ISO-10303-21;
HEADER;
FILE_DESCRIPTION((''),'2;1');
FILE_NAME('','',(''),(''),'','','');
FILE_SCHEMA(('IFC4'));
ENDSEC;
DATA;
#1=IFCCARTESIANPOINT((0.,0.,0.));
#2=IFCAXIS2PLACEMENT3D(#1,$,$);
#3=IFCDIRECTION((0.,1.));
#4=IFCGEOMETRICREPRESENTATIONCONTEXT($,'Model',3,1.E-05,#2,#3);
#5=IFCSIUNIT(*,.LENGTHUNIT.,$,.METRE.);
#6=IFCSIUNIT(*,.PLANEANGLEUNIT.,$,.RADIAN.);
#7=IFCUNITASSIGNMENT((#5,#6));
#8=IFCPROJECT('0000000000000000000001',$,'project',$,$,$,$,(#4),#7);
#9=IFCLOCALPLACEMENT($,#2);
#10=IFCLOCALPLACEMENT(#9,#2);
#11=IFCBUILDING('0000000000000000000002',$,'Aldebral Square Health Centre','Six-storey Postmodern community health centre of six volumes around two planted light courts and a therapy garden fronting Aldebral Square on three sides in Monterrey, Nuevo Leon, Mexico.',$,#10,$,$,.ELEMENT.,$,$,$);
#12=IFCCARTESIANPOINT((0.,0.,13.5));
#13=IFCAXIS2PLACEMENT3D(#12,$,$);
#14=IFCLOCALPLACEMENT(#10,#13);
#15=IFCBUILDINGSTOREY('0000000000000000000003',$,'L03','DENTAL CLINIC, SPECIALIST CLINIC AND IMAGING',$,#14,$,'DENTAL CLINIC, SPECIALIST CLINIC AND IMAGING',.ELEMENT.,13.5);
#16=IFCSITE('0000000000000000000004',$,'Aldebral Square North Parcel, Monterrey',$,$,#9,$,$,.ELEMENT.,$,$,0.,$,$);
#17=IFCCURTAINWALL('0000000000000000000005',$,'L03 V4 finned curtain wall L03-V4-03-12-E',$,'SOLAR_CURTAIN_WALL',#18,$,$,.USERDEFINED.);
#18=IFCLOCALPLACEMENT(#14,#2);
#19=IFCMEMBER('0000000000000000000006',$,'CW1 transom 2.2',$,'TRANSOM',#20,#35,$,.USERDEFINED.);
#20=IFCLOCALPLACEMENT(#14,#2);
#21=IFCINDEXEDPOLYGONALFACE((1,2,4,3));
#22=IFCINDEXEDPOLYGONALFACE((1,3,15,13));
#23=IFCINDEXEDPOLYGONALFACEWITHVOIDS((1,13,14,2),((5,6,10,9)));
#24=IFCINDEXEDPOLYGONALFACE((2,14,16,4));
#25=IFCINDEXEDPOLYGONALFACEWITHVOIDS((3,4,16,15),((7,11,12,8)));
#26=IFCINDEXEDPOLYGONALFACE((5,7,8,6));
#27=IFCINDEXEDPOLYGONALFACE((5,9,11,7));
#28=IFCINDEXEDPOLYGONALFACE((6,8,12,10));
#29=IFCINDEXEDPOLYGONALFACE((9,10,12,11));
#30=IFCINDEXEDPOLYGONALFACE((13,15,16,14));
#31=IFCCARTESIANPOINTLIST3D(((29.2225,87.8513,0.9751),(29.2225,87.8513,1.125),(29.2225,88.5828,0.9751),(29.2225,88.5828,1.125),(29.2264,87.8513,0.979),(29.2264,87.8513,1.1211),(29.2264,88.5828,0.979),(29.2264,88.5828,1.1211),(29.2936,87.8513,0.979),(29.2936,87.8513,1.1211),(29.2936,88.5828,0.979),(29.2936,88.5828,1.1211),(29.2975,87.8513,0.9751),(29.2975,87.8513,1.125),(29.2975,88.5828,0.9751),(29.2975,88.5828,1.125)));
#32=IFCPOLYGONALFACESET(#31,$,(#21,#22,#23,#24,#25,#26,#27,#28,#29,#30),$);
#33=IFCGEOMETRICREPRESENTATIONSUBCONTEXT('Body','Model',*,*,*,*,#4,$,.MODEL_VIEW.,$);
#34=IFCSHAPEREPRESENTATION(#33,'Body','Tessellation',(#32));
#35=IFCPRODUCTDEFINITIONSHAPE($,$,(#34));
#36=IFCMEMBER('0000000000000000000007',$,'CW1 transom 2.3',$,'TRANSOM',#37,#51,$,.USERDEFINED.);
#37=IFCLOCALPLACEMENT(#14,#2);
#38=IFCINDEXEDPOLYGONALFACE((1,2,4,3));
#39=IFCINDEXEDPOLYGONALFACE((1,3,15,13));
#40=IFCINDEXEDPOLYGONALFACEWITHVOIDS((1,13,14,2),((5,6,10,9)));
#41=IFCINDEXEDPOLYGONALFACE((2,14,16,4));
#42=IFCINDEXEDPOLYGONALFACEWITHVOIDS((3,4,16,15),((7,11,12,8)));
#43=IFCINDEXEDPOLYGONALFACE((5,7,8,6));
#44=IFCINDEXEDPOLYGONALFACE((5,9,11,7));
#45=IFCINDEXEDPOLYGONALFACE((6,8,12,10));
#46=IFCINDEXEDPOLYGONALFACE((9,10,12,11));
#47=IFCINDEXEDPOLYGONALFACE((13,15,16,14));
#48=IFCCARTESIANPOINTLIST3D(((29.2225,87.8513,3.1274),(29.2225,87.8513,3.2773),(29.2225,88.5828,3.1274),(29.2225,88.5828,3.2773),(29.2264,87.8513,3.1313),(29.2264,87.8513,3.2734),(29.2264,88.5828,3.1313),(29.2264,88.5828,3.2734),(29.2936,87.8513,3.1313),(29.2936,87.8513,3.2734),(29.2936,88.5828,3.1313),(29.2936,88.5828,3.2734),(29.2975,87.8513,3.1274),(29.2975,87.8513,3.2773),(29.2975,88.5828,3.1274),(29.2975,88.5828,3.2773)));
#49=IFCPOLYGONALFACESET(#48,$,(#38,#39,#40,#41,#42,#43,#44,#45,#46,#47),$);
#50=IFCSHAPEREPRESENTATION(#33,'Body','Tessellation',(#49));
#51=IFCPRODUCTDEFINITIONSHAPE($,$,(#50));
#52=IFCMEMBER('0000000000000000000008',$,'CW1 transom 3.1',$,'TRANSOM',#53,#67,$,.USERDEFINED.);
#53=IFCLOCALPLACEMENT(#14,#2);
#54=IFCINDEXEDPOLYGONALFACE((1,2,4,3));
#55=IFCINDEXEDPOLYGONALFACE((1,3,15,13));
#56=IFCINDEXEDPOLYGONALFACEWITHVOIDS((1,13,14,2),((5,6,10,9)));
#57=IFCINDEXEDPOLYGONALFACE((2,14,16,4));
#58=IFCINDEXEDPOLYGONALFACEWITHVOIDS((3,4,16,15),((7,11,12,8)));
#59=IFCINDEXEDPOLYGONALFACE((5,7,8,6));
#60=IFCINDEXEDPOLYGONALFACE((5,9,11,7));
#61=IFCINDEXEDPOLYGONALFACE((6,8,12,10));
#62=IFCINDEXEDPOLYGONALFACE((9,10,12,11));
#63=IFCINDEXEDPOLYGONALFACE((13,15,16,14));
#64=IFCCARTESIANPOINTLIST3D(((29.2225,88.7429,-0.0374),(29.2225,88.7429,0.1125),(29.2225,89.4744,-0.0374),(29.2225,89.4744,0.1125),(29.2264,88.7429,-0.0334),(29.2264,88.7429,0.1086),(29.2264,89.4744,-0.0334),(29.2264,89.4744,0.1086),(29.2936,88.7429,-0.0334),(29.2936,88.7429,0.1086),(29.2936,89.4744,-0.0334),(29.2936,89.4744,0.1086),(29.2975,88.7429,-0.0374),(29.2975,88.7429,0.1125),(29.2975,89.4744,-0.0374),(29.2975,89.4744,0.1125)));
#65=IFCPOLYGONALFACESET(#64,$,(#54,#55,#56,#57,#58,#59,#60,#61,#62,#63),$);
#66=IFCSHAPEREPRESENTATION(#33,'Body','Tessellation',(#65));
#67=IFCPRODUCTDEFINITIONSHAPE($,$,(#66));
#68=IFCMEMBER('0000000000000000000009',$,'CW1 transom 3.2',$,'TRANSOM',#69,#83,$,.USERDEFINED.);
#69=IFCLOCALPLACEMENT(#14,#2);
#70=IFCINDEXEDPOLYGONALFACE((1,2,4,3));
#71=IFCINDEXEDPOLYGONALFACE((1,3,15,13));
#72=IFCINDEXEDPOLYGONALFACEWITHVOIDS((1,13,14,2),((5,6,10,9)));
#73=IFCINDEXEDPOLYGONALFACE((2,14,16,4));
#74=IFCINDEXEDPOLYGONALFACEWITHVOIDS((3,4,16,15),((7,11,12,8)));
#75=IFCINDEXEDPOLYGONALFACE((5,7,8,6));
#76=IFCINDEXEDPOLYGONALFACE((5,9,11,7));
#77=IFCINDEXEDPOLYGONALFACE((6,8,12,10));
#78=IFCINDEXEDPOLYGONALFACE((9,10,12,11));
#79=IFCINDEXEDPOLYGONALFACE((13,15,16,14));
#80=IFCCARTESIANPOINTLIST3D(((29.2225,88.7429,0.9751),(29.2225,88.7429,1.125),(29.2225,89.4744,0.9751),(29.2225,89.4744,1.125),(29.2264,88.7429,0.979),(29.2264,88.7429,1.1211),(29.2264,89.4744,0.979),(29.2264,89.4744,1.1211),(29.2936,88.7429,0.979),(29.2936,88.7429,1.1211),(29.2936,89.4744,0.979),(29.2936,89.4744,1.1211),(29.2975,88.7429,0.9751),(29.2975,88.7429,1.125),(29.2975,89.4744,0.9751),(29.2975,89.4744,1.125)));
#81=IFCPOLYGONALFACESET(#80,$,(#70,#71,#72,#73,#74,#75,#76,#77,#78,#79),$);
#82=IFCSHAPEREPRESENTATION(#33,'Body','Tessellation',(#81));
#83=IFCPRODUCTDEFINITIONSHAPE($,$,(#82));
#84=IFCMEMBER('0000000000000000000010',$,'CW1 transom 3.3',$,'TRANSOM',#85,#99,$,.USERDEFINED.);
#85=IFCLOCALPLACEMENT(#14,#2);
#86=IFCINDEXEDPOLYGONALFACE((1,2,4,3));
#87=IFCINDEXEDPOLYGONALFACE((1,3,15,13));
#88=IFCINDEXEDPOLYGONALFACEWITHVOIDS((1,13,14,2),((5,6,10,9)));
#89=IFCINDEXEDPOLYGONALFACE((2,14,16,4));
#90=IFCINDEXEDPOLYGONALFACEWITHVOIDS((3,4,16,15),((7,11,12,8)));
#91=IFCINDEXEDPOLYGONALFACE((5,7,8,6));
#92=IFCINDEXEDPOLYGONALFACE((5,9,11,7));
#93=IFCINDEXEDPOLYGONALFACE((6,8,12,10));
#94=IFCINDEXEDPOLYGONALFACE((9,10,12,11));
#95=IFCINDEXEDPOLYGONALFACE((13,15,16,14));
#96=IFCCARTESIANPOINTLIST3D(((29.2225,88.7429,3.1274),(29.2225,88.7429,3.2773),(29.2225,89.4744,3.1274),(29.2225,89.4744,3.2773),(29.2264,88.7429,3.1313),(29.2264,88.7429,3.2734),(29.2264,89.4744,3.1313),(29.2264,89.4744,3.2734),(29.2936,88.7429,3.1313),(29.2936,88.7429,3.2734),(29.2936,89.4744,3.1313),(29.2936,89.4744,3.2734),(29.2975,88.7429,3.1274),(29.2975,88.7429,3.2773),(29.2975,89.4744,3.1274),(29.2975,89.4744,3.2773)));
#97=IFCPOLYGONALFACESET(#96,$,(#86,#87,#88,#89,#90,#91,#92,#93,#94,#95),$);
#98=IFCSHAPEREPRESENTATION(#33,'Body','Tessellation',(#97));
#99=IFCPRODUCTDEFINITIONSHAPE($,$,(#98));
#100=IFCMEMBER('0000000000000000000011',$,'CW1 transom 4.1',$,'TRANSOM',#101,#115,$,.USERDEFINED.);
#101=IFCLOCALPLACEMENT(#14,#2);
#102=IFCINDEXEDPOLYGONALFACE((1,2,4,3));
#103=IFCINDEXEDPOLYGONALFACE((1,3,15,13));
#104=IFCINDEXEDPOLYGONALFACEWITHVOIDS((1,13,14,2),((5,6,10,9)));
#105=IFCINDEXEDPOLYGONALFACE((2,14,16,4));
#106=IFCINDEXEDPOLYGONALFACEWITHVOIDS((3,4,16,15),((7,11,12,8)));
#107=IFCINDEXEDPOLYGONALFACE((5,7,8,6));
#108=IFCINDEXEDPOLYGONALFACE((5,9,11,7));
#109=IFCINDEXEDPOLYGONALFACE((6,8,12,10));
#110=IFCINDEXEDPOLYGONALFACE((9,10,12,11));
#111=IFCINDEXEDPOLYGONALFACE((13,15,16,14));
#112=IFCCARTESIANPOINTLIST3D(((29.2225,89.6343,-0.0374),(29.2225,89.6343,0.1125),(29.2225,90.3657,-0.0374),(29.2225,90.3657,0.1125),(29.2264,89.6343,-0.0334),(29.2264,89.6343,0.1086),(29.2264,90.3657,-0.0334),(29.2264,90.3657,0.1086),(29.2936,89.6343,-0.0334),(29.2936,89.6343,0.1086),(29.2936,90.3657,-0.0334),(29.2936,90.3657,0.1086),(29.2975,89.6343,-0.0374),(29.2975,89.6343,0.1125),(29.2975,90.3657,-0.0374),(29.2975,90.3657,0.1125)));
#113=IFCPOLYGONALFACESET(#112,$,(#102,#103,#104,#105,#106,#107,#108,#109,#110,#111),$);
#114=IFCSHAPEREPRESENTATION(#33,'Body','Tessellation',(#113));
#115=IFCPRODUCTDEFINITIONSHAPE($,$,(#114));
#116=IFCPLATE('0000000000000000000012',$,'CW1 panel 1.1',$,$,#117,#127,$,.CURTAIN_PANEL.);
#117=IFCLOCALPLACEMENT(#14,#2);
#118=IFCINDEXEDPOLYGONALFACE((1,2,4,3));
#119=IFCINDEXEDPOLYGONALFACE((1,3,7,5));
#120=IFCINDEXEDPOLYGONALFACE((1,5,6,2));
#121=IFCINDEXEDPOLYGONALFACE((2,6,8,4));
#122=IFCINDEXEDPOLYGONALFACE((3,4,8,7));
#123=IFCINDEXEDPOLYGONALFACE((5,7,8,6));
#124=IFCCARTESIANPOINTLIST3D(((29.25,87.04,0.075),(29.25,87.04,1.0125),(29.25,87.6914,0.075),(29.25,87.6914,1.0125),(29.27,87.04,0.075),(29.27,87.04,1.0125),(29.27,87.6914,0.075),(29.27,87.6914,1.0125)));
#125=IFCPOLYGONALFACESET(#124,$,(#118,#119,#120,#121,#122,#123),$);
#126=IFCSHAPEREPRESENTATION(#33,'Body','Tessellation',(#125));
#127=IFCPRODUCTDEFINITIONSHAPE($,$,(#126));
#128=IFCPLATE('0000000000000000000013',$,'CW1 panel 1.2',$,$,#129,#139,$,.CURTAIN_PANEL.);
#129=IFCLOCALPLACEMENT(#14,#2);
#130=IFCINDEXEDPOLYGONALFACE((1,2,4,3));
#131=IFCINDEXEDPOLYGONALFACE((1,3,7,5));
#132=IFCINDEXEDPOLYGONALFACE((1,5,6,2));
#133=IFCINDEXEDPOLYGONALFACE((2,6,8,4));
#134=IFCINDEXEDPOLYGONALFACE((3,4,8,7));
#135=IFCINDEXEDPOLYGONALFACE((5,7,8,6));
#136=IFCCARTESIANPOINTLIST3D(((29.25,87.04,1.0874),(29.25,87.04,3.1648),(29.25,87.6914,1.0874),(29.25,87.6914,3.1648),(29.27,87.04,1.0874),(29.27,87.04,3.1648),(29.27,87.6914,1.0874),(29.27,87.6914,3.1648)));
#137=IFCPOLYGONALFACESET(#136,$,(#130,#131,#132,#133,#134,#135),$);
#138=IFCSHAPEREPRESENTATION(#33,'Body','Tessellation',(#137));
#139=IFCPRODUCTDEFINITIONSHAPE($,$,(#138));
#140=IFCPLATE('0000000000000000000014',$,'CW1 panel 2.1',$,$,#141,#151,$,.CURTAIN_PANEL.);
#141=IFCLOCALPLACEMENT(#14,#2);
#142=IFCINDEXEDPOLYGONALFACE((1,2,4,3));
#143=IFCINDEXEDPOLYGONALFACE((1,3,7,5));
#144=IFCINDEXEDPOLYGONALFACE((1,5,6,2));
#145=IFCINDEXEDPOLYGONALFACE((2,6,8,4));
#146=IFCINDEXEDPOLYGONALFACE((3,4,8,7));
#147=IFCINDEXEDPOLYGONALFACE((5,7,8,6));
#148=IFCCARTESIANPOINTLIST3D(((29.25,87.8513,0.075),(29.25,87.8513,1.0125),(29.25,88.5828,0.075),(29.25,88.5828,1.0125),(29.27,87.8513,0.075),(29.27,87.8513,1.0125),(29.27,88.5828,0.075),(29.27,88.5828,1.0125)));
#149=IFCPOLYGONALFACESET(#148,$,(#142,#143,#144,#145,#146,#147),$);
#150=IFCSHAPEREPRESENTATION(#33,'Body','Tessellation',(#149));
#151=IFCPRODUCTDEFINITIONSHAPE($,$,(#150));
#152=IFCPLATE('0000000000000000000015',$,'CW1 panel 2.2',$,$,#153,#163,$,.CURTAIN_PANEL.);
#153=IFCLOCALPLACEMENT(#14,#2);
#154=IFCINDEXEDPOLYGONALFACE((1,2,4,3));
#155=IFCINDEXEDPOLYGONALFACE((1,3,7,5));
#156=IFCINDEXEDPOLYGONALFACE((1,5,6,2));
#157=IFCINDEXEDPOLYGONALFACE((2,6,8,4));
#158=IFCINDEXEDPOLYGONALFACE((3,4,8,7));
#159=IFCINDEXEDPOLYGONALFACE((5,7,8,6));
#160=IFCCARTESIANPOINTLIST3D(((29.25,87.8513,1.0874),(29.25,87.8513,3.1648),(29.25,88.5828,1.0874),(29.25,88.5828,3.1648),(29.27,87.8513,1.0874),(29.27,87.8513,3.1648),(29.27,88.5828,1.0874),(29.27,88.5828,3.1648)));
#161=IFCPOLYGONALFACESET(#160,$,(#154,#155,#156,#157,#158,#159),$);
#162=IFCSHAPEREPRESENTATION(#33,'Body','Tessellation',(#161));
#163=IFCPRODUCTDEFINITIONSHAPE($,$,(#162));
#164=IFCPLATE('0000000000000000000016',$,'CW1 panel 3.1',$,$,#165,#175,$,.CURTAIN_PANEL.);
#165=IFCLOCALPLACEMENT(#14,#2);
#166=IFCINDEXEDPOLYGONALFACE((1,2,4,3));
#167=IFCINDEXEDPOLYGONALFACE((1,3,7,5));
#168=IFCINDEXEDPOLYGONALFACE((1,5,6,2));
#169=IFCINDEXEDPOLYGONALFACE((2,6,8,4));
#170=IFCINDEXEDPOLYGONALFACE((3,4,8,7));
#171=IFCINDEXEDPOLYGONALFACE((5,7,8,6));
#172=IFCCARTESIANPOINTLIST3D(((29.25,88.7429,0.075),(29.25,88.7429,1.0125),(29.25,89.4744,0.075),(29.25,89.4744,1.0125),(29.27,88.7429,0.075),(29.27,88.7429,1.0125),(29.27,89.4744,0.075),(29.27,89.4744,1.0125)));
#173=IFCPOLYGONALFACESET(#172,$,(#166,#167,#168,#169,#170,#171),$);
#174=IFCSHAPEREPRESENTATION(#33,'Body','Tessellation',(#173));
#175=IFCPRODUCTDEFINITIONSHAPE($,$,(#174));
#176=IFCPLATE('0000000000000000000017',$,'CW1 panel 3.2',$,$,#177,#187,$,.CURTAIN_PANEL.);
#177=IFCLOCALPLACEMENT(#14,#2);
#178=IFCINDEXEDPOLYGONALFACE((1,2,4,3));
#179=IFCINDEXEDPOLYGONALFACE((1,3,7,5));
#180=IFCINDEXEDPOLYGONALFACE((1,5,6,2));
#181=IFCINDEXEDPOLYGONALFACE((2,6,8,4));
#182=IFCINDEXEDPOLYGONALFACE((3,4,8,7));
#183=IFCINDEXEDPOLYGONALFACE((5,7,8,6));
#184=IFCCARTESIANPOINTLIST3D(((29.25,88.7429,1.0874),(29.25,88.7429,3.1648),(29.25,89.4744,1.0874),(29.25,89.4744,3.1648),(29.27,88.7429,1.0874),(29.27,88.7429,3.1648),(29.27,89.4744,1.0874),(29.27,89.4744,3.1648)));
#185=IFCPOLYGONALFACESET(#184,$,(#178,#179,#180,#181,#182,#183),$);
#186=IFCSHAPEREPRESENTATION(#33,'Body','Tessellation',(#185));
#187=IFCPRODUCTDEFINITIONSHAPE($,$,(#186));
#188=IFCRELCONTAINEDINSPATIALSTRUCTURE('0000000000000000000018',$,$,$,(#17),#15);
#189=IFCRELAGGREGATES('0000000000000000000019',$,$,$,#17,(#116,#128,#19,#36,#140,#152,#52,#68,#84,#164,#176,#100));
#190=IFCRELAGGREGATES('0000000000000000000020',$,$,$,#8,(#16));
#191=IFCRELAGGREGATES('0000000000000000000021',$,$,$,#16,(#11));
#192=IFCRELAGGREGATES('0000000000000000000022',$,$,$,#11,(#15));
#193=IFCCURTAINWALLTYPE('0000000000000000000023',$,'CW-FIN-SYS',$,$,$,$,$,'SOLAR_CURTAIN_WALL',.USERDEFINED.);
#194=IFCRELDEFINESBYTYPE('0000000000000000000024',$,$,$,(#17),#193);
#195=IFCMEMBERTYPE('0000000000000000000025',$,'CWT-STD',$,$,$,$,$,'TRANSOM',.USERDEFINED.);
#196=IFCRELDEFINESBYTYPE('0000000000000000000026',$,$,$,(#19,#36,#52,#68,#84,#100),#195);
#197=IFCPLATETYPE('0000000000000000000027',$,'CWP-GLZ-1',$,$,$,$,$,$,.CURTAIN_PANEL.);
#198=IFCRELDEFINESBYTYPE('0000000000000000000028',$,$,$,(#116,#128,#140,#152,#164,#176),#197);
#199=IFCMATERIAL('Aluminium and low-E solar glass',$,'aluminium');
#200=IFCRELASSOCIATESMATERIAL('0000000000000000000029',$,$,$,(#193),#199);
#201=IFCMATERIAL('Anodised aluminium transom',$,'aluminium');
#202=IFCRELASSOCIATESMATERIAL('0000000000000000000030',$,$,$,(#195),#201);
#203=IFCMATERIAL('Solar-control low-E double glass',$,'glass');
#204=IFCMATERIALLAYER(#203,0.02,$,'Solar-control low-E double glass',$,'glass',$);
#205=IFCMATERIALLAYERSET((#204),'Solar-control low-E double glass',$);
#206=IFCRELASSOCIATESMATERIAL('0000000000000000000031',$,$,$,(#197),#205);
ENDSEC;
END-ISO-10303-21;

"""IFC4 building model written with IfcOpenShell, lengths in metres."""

from ifc_helpers import new_model, si_unit, direction, frame, origin, origin_2d, place, context, subcontext, project, spatial, rectangle, hollow_rectangle, extrude, material, layer, layer_set, material_profile, profile_set, type_object, element, aggregate, save


model = new_model("IFC4")

# Units and contexts
model_context = context("Model", 3, precision=1e-05, world=origin(), true_north=direction((0.0, 1.0)))
body_context = subcontext(model_context, "Body", "Model", "MODEL_VIEW")
ifc_project = project(units=[si_unit("LENGTHUNIT", "METRE"), si_unit("PLANEANGLEUNIT", "RADIAN")], contexts=[model_context])

# Site, building, storey
site_placement = place(None, origin())
site = spatial("IfcSite", under=ifc_project, at=site_placement, Name="Aldebral Square North Parcel, Monterrey", CompositionType="ELEMENT", RefElevation=0.0)
building_placement = place(site_placement, origin())
building = spatial("IfcBuilding", under=site, at=building_placement, Name="Aldebral Square Health Centre", Description="Six-storey Postmodern community health centre of six volumes around two planted light courts and a therapy garden fronting Aldebral Square on three sides in Monterrey, Nuevo Leon, Mexico.", CompositionType="ELEMENT")
storey_placement = place(building_placement, frame((0.0, 0.0, 13.5)))
storey = spatial("IfcBuildingStorey", under=building, at=storey_placement, Name="L03", Description="DENTAL CLINIC, SPECIALIST CLINIC AND IMAGING", LongName="DENTAL CLINIC, SPECIALIST CLINIC AND IMAGING", CompositionType="ELEMENT", Elevation=13.5)

# Curtain wall
ifc_material_1 = material(Name="Aluminium and low-E solar glass", Category="aluminium")
curtain_wall_type = type_object("IfcCurtainWallType", Name="CW-FIN-SYS", ElementType="SOLAR_CURTAIN_WALL", PredefinedType="USERDEFINED", material=ifc_material_1)
curtain_wall_1_placement = place(storey_placement, origin())
curtain_wall_1 = element("IfcCurtainWall", 1, at=curtain_wall_1_placement, inside=storey, type_object=curtain_wall_type, Name="L03 V4 finned curtain wall L03-V4-03-12-E", ObjectType="SOLAR_CURTAIN_WALL", PredefinedType="USERDEFINED")
ifc_material_2 = material(Name="Anodised aluminium transom", Category="aluminium")
ifc_material_profile_1 = material_profile(ifc_material_2, hollow_rectangle(XDim=0.075, YDim=0.1499, WallThickness=0.0039, at=origin_2d()), Name="CWT 75x150x4")
ifc_profile_set_1 = profile_set([ifc_material_profile_1], Name="Anodised aluminium transom")
member_type_1 = type_object("IfcMemberType", Name="CWT-STD", ElementType="TRANSOM", PredefinedType="USERDEFINED", material=ifc_profile_set_1)

# Members
member_1_placement = place(storey_placement, frame((29.26, 87.8513, 1.05), z_axis=(0.0, 1.0, 0.0), x_axis=(-1.0, 0.0, 0.0)))
member_1 = element("IfcMember", 2, at=member_1_placement, type_object=member_type_1, Name="CW1 transom 2.2", ObjectType="TRANSOM", PredefinedType="USERDEFINED", context=body_context, shape_type="SweptSolid", body=[
    extrude(hollow_rectangle(XDim=0.075, YDim=0.1499, WallThickness=0.0039, at=origin_2d()), origin(), (0.0, 0.0, 1.0), 0.7314),
])
member_2_placement = place(storey_placement, frame((29.26, 87.8513, 3.2024), z_axis=(0.0, 1.0, 0.0), x_axis=(-1.0, 0.0, 0.0)))
member_2 = element("IfcMember", 3, at=member_2_placement, type_object=member_type_1, Name="CW1 transom 2.3", ObjectType="TRANSOM", PredefinedType="USERDEFINED", context=body_context, shape_type="SweptSolid", body=[
    extrude(hollow_rectangle(XDim=0.075, YDim=0.1499, WallThickness=0.0039, at=origin_2d()), origin(), (0.0, 0.0, 1.0), 0.7314),
])
member_3_placement = place(storey_placement, frame((29.26, 88.7429, 0.0376), z_axis=(0.0, 1.0, 0.0), x_axis=(-1.0, 0.0, 0.0)))
member_3 = element("IfcMember", 4, at=member_3_placement, type_object=member_type_1, Name="CW1 transom 3.1", ObjectType="TRANSOM", PredefinedType="USERDEFINED", context=body_context, shape_type="SweptSolid", body=[
    extrude(hollow_rectangle(XDim=0.075, YDim=0.1499, WallThickness=0.0039, at=origin_2d()), origin(), (0.0, 0.0, 1.0), 0.7314),
])
member_4_placement = place(storey_placement, frame((29.26, 88.7429, 1.05), z_axis=(0.0, 1.0, 0.0), x_axis=(-1.0, 0.0, 0.0)))
member_4 = element("IfcMember", 5, at=member_4_placement, type_object=member_type_1, Name="CW1 transom 3.2", ObjectType="TRANSOM", PredefinedType="USERDEFINED", context=body_context, shape_type="SweptSolid", body=[
    extrude(hollow_rectangle(XDim=0.075, YDim=0.1499, WallThickness=0.0039, at=origin_2d()), origin(), (0.0, 0.0, 1.0), 0.7314),
])
member_5_placement = place(storey_placement, frame((29.26, 88.7429, 3.2024), z_axis=(0.0, 1.0, 0.0), x_axis=(-1.0, 0.0, 0.0)))
member_5 = element("IfcMember", 6, at=member_5_placement, type_object=member_type_1, Name="CW1 transom 3.3", ObjectType="TRANSOM", PredefinedType="USERDEFINED", context=body_context, shape_type="SweptSolid", body=[
    extrude(hollow_rectangle(XDim=0.075, YDim=0.1499, WallThickness=0.0039, at=origin_2d()), origin(), (0.0, 0.0, 1.0), 0.7314),
])
member_6_placement = place(storey_placement, frame((29.26, 89.6343, 0.0376), z_axis=(0.0, 1.0, 0.0), x_axis=(-1.0, 0.0, 0.0)))
member_6 = element("IfcMember", 7, at=member_6_placement, type_object=member_type_1, Name="CW1 transom 4.1", ObjectType="TRANSOM", PredefinedType="USERDEFINED", context=body_context, shape_type="SweptSolid", body=[
    extrude(hollow_rectangle(XDim=0.075, YDim=0.1499, WallThickness=0.0039, at=origin_2d()), origin(), (0.0, 0.0, 1.0), 0.7314),
])

# Plates
ifc_material_3 = material(Name="Solar-control low-E double glass", Category="glass")
ifc_layer_1 = layer(ifc_material_3, 0.02, Name="Solar-control low-E double glass", Category="glass")
ifc_layer_set_1 = layer_set([ifc_layer_1], Name="Solar-control low-E double glass")
plate_type_1 = type_object("IfcPlateType", Name="CWP-GLZ-1", PredefinedType="CURTAIN_PANEL", material=ifc_layer_set_1)
plate_1_placement = place(storey_placement, frame((29.26, 87.3657, 0.075), z_axis=(0.0, 0.0, 1.0), x_axis=(0.0, 1.0, 0.0)))
plate_1 = element("IfcPlate", 8, at=plate_1_placement, type_object=plate_type_1, Name="CW1 panel 1.1", PredefinedType="CURTAIN_PANEL", context=body_context, shape_type="SweptSolid", body=[
    extrude(rectangle(XDim=0.6514, YDim=0.02, at=origin_2d()), origin(), (0.0, 0.0, 1.0), 0.9375),
])
plate_2_placement = place(storey_placement, frame((29.26, 87.3657, 1.0874), z_axis=(0.0, 0.0, 1.0), x_axis=(0.0, 1.0, 0.0)))
plate_2 = element("IfcPlate", 9, at=plate_2_placement, type_object=plate_type_1, Name="CW1 panel 1.2", PredefinedType="CURTAIN_PANEL", context=body_context, shape_type="SweptSolid", body=[
    extrude(rectangle(XDim=0.6514, YDim=0.02, at=origin_2d()), origin(), (0.0, 0.0, 1.0), 2.0774),
])
plate_3_placement = place(storey_placement, frame((29.26, 88.217, 0.075), z_axis=(0.0, 0.0, 1.0), x_axis=(0.0, 1.0, 0.0)))
plate_3 = element("IfcPlate", 10, at=plate_3_placement, type_object=plate_type_1, Name="CW1 panel 2.1", PredefinedType="CURTAIN_PANEL", context=body_context, shape_type="SweptSolid", body=[
    extrude(rectangle(XDim=0.7314, YDim=0.02, at=origin_2d()), origin(), (0.0, 0.0, 1.0), 0.9375),
])
plate_4_placement = place(storey_placement, frame((29.26, 88.217, 1.0874), z_axis=(0.0, 0.0, 1.0), x_axis=(0.0, 1.0, 0.0)))
plate_4 = element("IfcPlate", 11, at=plate_4_placement, type_object=plate_type_1, Name="CW1 panel 2.2", PredefinedType="CURTAIN_PANEL", context=body_context, shape_type="SweptSolid", body=[
    extrude(rectangle(XDim=0.7314, YDim=0.02, at=origin_2d()), origin(), (0.0, 0.0, 1.0), 2.0774),
])
plate_5_placement = place(storey_placement, frame((29.26, 89.1086, 0.075), z_axis=(0.0, 0.0, 1.0), x_axis=(0.0, 1.0, 0.0)))
plate_5 = element("IfcPlate", 12, at=plate_5_placement, type_object=plate_type_1, Name="CW1 panel 3.1", PredefinedType="CURTAIN_PANEL", context=body_context, shape_type="SweptSolid", body=[
    extrude(rectangle(XDim=0.7314, YDim=0.02, at=origin_2d()), origin(), (0.0, 0.0, 1.0), 0.9375),
])
plate_6_placement = place(storey_placement, frame((29.26, 89.1086, 1.0874), z_axis=(0.0, 0.0, 1.0), x_axis=(0.0, 1.0, 0.0)))
plate_6 = element("IfcPlate", 13, at=plate_6_placement, type_object=plate_type_1, Name="CW1 panel 3.2", PredefinedType="CURTAIN_PANEL", context=body_context, shape_type="SweptSolid", body=[
    extrude(rectangle(XDim=0.7314, YDim=0.02, at=origin_2d()), origin(), (0.0, 0.0, 1.0), 2.0774),
])
aggregate(curtain_wall_1, [plate_1, plate_2, member_1, member_2, plate_3, plate_4, member_3, member_4, member_5, plate_5, plate_6, member_6])

save(model, "model.ifc")
